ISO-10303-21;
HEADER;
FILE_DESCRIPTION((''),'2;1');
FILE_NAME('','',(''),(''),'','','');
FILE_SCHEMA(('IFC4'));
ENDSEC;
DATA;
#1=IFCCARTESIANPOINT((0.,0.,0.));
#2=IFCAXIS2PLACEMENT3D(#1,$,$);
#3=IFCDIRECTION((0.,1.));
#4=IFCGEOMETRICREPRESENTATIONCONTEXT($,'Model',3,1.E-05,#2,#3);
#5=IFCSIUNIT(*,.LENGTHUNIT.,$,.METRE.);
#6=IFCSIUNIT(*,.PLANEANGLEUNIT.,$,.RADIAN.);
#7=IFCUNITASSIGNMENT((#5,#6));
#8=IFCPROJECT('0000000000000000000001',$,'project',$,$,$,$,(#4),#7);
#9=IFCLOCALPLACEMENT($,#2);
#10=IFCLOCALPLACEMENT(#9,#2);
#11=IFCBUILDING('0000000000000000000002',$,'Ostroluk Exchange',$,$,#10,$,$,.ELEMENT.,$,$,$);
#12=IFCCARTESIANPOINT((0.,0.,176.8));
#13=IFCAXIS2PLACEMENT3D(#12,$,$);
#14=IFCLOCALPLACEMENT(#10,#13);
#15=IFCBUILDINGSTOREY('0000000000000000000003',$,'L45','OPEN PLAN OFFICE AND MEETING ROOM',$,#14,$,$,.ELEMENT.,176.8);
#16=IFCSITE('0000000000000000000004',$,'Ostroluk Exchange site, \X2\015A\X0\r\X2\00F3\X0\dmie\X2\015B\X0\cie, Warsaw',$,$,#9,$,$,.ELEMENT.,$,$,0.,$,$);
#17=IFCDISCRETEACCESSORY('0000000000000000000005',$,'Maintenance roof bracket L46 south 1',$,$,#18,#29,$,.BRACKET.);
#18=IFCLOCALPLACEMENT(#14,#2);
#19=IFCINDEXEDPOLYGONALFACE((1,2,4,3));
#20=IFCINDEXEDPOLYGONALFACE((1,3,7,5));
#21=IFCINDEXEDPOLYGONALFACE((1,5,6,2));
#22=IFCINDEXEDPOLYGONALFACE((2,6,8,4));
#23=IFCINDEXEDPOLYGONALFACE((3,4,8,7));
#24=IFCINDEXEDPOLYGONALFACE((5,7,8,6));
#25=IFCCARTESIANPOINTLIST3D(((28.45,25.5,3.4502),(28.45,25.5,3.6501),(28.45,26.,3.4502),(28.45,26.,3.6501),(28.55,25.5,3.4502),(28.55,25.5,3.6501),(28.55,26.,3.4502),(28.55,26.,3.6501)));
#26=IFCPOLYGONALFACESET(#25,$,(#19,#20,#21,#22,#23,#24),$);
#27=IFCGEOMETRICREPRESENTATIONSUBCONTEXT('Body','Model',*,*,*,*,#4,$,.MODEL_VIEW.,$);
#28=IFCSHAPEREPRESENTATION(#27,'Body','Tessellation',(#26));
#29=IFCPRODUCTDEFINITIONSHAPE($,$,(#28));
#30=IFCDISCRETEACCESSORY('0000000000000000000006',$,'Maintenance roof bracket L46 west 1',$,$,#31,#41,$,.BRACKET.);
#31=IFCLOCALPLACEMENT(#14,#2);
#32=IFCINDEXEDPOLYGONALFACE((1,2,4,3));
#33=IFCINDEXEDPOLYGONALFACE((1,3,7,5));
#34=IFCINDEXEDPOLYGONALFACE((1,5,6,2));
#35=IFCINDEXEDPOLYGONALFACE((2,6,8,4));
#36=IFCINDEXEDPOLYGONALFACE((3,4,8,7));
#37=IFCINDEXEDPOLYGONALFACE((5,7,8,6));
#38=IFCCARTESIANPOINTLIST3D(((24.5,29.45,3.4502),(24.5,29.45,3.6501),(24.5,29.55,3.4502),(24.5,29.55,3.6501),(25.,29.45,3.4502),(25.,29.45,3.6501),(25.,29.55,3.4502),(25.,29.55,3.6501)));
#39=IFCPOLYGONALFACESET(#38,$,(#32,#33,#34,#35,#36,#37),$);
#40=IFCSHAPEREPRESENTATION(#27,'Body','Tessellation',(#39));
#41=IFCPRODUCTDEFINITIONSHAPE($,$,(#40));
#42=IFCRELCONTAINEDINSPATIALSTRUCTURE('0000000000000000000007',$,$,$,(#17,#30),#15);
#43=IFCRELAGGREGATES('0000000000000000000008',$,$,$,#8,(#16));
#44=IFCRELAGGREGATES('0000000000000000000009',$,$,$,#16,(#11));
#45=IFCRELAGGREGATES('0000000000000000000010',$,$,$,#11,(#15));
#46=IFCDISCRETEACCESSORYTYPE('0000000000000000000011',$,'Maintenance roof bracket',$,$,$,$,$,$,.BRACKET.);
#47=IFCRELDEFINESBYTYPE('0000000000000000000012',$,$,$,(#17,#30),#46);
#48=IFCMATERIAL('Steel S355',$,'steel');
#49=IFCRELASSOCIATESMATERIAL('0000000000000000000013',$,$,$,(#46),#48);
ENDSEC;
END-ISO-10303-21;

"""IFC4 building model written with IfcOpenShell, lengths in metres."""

from ifc_helpers import new_model, si_unit, direction, frame, origin, origin_2d, place, context, subcontext, project, spatial, rectangle, extrude, material, type_object, element, save


model = new_model("IFC4")

# Units and contexts
model_context = context("Model", 3, precision=1e-05, world=origin(), true_north=direction((0.0, 1.0)))
body_context = subcontext(model_context, "Body", "Model", "MODEL_VIEW")
ifc_project = project(units=[si_unit("LENGTHUNIT", "METRE"), si_unit("PLANEANGLEUNIT", "RADIAN")], contexts=[model_context])

# Site, building, storey
site_placement = place(None, origin())
site = spatial("IfcSite", under=ifc_project, at=site_placement, Name="Ostroluk Exchange site, Śródmieście, Warsaw", CompositionType="ELEMENT", RefElevation=0.0)
building_placement = place(site_placement, origin())
building = spatial("IfcBuilding", under=site, at=building_placement, Name="Ostroluk Exchange", CompositionType="ELEMENT")
storey_placement = place(building_placement, frame((0.0, 0.0, 176.8)))
storey = spatial("IfcBuildingStorey", under=building, at=storey_placement, Name="L45", Description="OPEN PLAN OFFICE AND MEETING ROOM", CompositionType="ELEMENT", Elevation=176.8)

# Discrete accessories
ifc_material_1 = material(Name="Steel S355", Category="steel")
discrete_accessory_type = type_object("IfcDiscreteAccessoryType", Name="Maintenance roof bracket", PredefinedType="BRACKET", material=ifc_material_1)
discrete_accessory_1_placement = place(storey_placement, frame((28.5, 25.75, 3.4502), z_axis=(0.0, 0.0, 1.0), x_axis=(1.0, 0.0, 0.0)))
element("IfcDiscreteAccessory", 1, at=discrete_accessory_1_placement, inside=storey, type_object=discrete_accessory_type, Name="Maintenance roof bracket L46 south 1", PredefinedType="BRACKET", context=body_context, shape_type="SweptSolid", body=[
    extrude(rectangle(XDim=0.1001, YDim=0.5, at=origin_2d()), origin(), (0.0, 0.0, 1.0), 0.2),
])
discrete_accessory_2_placement = place(storey_placement, frame((24.75, 29.5, 3.4502), z_axis=(0.0, 0.0, 1.0), x_axis=(1.0, 0.0, 0.0)))
element("IfcDiscreteAccessory", 2, at=discrete_accessory_2_placement, inside=storey, type_object=discrete_accessory_type, Name="Maintenance roof bracket L46 west 1", PredefinedType="BRACKET", context=body_context, shape_type="SweptSolid", body=[
    extrude(rectangle(XDim=0.5, YDim=0.1001, at=origin_2d()), origin(), (0.0, 0.0, 1.0), 0.2),
])

save(model, "model.ifc")
